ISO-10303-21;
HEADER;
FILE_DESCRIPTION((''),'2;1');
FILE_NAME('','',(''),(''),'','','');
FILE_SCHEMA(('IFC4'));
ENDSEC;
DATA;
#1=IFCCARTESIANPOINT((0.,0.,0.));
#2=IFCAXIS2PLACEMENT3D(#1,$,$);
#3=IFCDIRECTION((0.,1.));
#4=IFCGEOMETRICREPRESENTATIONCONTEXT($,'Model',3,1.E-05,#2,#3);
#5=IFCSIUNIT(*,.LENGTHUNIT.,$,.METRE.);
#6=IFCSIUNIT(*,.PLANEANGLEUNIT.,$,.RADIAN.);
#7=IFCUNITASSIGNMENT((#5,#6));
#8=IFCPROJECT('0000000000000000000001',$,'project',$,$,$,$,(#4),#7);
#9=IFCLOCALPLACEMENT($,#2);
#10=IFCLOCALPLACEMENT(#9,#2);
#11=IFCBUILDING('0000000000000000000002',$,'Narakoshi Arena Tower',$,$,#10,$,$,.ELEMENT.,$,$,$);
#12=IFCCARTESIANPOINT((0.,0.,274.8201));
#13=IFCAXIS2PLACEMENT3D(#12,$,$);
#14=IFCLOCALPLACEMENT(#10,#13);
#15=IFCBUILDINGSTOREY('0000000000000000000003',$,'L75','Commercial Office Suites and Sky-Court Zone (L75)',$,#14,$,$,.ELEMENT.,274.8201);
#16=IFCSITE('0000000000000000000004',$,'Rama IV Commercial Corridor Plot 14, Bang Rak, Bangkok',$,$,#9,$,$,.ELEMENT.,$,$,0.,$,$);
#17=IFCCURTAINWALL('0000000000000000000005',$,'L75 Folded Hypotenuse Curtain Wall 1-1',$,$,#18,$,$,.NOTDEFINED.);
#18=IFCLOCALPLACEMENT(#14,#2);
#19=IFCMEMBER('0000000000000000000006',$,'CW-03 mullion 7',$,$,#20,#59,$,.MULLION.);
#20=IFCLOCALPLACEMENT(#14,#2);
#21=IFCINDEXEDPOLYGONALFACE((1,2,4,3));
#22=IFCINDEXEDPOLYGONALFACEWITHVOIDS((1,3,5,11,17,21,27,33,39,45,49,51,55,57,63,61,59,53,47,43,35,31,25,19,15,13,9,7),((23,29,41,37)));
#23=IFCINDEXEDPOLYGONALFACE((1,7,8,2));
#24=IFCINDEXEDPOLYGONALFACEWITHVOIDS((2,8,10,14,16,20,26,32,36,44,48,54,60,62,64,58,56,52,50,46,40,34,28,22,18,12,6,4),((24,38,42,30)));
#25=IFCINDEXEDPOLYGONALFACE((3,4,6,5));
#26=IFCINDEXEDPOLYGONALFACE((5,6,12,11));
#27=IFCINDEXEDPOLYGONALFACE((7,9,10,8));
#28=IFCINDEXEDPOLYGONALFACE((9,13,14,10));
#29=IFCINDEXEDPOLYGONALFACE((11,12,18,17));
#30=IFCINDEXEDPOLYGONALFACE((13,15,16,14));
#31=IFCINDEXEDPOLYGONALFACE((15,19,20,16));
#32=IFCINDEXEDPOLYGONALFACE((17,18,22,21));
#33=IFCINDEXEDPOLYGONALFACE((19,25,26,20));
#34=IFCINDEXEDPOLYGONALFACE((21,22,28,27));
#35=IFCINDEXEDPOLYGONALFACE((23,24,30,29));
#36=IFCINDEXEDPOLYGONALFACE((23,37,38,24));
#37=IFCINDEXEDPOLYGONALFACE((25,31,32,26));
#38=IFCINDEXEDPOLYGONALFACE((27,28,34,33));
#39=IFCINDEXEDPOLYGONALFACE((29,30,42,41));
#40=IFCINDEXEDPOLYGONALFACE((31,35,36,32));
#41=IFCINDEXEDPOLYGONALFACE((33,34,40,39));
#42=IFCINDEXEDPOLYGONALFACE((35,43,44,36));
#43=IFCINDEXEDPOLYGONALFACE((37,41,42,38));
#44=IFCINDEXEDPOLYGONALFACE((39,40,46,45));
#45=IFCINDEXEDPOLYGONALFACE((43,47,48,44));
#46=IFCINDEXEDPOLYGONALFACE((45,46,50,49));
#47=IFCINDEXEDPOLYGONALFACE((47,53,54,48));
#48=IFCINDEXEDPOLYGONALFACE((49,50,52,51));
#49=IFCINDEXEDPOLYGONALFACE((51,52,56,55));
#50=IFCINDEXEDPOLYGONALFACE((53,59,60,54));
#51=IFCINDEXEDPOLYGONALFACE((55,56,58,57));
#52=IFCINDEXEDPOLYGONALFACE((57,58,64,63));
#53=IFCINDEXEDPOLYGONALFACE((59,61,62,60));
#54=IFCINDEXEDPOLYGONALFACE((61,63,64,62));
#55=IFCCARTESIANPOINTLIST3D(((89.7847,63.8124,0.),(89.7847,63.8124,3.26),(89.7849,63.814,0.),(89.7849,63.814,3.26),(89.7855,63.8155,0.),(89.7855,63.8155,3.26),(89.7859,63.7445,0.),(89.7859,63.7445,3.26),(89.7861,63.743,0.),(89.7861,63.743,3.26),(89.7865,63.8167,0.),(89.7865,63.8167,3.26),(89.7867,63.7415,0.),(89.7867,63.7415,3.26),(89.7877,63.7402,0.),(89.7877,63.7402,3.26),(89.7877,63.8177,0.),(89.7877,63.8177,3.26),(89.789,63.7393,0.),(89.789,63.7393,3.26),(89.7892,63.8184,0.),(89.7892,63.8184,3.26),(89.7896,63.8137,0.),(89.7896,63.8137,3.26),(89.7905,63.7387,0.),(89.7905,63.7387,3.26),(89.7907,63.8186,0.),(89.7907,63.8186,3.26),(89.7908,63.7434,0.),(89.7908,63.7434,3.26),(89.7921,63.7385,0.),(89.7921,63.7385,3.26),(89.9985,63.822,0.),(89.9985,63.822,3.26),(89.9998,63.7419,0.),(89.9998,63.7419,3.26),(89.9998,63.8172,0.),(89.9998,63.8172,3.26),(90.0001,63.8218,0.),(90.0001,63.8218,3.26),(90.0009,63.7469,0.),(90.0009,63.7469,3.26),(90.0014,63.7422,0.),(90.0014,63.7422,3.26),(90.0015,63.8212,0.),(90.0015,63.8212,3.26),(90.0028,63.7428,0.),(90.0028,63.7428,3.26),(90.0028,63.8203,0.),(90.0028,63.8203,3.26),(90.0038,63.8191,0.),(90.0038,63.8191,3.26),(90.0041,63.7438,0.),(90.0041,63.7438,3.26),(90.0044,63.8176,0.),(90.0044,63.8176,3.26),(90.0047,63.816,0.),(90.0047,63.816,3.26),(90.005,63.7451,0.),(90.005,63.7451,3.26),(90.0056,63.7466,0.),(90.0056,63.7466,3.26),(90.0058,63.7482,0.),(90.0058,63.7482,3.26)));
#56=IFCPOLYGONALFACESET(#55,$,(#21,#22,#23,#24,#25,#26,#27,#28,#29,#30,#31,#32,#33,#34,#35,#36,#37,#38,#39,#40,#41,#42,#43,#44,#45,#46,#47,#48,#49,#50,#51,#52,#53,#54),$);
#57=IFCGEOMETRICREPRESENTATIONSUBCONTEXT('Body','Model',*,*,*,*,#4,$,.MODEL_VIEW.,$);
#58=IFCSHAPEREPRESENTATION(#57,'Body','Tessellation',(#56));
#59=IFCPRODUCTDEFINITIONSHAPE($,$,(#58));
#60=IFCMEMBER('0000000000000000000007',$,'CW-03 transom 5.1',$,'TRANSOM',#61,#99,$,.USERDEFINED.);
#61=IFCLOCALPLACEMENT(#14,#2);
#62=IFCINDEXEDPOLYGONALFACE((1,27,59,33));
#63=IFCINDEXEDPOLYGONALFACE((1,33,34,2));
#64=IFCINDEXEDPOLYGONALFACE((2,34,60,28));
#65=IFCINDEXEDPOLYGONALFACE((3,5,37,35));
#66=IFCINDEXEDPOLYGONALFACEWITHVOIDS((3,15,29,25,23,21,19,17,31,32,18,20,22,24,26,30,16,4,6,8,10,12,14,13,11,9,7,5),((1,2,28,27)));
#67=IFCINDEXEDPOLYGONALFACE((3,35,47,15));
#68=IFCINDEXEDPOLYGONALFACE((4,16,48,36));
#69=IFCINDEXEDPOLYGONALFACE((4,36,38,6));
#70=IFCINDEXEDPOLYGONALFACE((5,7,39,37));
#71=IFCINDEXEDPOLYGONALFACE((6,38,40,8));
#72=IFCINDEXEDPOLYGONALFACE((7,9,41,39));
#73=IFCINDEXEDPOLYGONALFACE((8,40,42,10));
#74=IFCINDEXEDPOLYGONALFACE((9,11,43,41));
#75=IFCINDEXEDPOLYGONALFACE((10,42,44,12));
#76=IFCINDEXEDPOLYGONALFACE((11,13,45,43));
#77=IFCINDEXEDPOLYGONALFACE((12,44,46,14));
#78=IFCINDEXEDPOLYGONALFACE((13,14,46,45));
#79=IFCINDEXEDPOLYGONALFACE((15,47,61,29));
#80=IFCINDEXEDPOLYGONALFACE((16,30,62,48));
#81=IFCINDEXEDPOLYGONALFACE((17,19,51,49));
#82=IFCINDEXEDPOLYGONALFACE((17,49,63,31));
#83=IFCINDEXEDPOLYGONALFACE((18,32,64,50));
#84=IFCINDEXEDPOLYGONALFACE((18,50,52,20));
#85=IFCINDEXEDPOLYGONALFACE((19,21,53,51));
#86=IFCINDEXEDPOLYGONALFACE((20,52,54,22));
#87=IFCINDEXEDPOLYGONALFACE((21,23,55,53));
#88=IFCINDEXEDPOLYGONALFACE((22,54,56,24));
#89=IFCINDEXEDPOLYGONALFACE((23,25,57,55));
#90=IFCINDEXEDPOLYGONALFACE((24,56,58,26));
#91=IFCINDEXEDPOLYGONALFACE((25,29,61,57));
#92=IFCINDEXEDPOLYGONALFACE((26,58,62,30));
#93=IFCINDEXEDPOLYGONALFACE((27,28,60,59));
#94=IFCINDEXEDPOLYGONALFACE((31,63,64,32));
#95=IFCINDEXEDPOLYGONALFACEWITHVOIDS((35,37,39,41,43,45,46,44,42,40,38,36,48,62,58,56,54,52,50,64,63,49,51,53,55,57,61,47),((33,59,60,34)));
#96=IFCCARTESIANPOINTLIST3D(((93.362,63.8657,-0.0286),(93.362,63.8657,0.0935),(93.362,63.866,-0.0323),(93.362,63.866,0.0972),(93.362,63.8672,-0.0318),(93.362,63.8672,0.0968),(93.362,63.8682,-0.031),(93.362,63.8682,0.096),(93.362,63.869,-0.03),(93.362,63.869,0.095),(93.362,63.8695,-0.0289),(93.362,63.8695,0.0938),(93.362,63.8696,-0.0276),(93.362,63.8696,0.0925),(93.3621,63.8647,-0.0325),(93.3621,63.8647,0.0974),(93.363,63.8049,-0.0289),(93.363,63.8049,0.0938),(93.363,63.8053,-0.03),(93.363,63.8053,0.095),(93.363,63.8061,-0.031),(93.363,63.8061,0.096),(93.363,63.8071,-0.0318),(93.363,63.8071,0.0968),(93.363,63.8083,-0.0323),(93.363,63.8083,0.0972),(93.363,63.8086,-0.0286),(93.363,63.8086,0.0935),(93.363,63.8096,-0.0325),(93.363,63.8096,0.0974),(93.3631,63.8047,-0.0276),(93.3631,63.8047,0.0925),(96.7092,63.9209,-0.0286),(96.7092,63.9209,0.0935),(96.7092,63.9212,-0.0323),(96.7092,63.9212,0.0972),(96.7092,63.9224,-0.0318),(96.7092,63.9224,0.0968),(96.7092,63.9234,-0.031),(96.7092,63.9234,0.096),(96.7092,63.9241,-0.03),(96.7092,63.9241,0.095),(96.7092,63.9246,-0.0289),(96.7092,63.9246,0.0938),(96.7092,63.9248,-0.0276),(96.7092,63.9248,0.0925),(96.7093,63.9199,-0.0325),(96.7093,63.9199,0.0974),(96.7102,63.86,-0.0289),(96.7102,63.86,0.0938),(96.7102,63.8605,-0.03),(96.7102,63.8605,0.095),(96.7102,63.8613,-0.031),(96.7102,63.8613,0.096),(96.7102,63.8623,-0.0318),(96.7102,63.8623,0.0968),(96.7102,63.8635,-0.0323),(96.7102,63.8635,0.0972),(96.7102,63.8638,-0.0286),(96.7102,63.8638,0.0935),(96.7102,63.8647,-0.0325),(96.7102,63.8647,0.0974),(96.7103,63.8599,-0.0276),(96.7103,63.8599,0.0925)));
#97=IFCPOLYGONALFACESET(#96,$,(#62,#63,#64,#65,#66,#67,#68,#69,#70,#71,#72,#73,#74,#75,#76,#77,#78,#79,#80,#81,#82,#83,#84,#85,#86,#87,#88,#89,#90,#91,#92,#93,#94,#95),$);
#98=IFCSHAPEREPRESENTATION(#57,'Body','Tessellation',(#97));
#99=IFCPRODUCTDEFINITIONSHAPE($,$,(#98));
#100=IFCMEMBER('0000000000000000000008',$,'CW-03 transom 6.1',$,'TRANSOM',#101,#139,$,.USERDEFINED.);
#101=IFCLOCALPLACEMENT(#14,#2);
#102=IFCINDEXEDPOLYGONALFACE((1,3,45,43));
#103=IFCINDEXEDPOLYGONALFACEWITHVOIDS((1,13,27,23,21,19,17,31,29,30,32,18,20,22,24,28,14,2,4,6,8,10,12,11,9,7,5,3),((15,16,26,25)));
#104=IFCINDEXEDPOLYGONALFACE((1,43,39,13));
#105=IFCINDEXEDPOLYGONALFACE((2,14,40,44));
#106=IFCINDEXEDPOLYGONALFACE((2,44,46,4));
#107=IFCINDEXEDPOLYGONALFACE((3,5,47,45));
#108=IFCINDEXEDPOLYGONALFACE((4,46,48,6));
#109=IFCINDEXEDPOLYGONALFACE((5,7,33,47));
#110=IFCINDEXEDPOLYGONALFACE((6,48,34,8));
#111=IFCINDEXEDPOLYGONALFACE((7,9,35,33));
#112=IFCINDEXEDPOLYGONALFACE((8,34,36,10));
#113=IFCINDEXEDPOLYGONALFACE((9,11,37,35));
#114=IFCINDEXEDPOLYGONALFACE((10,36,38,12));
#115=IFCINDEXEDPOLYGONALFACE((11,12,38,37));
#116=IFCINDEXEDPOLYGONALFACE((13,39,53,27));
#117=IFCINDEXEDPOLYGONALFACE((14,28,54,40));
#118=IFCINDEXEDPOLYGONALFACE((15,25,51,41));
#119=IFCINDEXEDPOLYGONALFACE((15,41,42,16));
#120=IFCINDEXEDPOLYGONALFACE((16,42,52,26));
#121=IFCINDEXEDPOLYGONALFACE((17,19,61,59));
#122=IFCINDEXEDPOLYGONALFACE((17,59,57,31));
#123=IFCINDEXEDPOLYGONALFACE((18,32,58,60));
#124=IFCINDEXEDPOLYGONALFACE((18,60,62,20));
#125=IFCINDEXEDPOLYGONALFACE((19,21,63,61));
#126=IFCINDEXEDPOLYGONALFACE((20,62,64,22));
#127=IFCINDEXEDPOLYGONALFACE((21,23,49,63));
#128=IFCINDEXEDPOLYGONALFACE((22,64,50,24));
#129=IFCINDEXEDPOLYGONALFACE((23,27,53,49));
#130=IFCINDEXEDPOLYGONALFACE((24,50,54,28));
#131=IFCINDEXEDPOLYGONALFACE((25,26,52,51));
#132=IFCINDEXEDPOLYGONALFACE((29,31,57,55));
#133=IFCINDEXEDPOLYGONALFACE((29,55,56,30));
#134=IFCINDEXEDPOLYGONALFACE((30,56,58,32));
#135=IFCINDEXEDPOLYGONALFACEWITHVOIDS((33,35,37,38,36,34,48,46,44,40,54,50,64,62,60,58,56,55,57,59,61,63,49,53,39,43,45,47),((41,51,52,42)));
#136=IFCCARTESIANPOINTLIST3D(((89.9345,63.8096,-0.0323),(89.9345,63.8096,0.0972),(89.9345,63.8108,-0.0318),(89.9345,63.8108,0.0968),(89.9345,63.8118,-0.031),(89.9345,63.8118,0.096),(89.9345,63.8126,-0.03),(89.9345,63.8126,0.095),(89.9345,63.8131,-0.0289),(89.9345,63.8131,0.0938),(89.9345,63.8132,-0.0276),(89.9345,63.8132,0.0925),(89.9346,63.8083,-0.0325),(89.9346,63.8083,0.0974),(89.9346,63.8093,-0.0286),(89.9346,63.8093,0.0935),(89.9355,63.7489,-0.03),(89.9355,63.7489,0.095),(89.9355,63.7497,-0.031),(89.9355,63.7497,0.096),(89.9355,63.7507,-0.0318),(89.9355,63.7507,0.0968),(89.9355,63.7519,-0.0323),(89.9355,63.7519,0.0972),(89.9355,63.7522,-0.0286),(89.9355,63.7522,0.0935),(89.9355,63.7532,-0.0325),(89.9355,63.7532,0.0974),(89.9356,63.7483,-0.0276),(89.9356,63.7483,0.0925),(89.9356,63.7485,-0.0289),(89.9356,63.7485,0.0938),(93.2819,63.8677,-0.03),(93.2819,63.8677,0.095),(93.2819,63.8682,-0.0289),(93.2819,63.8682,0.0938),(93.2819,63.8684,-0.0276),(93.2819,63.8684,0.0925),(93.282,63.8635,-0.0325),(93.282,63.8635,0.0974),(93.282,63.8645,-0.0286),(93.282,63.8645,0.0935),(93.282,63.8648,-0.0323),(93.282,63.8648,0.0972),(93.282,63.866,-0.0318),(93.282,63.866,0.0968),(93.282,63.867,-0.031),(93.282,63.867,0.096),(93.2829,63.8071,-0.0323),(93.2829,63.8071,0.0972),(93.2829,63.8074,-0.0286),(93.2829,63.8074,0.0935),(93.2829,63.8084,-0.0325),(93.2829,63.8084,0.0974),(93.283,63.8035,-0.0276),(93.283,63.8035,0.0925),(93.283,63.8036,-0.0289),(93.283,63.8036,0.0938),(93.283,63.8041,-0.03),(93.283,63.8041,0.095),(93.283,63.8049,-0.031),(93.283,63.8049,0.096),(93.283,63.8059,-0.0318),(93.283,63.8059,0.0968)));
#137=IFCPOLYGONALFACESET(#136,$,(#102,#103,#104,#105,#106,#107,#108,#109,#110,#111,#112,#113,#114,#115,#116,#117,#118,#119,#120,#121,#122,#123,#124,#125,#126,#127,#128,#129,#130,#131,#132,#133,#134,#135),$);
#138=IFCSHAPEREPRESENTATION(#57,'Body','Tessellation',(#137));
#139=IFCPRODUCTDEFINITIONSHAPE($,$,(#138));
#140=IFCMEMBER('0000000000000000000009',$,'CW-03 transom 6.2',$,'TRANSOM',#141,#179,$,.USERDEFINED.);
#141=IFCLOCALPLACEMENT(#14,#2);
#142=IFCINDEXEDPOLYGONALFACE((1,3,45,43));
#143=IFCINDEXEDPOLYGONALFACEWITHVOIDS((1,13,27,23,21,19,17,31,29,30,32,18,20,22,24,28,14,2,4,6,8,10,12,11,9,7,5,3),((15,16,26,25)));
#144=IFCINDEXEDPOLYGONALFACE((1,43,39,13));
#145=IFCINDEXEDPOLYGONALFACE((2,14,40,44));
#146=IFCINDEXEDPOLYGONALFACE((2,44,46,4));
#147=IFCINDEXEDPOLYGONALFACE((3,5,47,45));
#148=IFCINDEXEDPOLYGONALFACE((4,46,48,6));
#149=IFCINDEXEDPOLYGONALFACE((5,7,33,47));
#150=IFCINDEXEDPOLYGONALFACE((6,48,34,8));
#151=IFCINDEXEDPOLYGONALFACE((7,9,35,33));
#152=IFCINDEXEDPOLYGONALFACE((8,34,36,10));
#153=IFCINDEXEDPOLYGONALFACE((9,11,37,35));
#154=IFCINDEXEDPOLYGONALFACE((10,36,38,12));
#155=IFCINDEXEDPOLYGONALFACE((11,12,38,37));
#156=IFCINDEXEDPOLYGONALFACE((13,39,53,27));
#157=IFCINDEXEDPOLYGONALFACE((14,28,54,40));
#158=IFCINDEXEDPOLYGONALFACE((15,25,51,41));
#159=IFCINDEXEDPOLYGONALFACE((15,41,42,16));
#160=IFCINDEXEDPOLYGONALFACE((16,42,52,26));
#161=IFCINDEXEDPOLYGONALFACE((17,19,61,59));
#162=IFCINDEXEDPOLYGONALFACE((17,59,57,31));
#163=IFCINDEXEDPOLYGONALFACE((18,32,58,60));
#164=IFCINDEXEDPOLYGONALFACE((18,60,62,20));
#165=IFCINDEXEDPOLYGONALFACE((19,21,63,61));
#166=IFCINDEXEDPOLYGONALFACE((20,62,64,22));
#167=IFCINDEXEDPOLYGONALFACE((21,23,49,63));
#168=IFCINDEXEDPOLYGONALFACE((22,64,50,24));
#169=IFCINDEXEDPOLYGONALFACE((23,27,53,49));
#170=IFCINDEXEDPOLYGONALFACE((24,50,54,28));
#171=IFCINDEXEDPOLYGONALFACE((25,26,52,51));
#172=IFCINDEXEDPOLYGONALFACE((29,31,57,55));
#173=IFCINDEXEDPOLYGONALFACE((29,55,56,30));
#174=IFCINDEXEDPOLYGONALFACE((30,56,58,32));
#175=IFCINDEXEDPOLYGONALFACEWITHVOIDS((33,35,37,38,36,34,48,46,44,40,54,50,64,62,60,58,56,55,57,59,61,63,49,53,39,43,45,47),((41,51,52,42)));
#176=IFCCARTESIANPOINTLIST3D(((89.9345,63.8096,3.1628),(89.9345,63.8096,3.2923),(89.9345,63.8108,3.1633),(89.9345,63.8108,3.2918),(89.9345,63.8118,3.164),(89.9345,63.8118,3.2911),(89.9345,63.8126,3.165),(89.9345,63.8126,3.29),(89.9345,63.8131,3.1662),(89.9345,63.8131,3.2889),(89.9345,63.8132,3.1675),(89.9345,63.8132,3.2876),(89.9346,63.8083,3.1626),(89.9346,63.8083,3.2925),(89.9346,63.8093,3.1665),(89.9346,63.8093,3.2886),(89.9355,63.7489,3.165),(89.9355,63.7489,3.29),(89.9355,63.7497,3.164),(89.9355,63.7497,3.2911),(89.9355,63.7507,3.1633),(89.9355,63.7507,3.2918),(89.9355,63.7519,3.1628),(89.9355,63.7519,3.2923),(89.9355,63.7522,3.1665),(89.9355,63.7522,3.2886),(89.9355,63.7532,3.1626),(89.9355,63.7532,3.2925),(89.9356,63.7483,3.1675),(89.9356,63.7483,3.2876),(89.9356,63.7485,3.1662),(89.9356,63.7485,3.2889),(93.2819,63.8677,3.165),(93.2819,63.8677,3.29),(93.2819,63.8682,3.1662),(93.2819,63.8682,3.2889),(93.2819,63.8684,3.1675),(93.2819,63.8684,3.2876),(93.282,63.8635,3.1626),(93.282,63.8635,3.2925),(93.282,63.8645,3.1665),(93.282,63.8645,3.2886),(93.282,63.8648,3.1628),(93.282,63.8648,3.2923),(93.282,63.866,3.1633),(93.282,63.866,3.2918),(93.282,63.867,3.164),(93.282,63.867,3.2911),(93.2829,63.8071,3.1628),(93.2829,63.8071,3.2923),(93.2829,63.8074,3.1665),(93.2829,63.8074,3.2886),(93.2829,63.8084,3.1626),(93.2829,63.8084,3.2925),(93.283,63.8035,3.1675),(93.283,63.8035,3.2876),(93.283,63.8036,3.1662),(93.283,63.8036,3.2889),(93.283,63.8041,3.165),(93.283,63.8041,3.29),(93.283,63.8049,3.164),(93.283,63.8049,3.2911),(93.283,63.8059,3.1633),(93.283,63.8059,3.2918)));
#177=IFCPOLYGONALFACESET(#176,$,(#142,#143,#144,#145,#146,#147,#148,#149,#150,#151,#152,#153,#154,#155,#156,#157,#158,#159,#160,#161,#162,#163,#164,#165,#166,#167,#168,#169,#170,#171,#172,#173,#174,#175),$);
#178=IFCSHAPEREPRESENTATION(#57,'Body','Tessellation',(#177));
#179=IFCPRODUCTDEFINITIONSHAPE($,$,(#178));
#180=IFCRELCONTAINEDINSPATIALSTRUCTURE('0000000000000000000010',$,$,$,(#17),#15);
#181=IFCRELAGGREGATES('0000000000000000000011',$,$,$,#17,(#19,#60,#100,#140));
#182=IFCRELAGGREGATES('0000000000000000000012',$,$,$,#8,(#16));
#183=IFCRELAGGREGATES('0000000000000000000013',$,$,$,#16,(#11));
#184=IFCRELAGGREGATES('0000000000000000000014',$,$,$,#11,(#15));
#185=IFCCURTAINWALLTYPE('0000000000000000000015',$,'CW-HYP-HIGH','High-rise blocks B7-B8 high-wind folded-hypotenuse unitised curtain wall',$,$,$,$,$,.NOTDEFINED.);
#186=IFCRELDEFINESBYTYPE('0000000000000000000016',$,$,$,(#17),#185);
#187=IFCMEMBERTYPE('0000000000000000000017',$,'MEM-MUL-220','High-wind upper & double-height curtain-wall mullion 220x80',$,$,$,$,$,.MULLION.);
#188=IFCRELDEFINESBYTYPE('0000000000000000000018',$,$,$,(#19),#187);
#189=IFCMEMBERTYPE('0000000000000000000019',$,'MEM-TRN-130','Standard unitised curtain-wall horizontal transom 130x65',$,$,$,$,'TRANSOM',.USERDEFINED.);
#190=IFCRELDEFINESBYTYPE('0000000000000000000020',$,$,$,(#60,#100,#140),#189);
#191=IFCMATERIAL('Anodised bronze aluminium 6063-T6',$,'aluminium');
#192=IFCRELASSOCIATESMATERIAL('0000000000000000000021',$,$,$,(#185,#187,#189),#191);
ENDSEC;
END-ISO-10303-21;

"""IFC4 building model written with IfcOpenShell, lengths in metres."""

from ifc_helpers import new_model, si_unit, direction, frame, origin, origin_2d, place, context, subcontext, project, spatial, hollow_rectangle, extrude, material, material_profile, profile_set, type_object, element, aggregate, save


model = new_model("IFC4")

# Units and contexts
model_context = context("Model", 3, precision=1e-05, world=origin(), true_north=direction((0.0, 1.0)))
body_context = subcontext(model_context, "Body", "Model", "MODEL_VIEW")
ifc_project = project(units=[si_unit("LENGTHUNIT", "METRE"), si_unit("PLANEANGLEUNIT", "RADIAN")], contexts=[model_context])

# Site, building, storey
site_placement = place(None, origin())
site = spatial("IfcSite", under=ifc_project, at=site_placement, Name="Rama IV Commercial Corridor Plot 14, Bang Rak, Bangkok", CompositionType="ELEMENT", RefElevation=0.0)
building_placement = place(site_placement, origin())
building = spatial("IfcBuilding", under=site, at=building_placement, Name="Narakoshi Arena Tower", CompositionType="ELEMENT")
storey_placement = place(building_placement, frame((0.0, 0.0, 274.8201)))
storey = spatial("IfcBuildingStorey", under=building, at=storey_placement, Name="L75", Description="Commercial Office Suites and Sky-Court Zone (L75)", CompositionType="ELEMENT", Elevation=274.8201)

# Curtain wall, members
ifc_material_1 = material(Name="Anodised bronze aluminium 6063-T6", Category="aluminium")
curtain_wall_type = type_object("IfcCurtainWallType", Name="CW-HYP-HIGH", Description="High-rise blocks B7-B8 high-wind folded-hypotenuse unitised curtain wall", PredefinedType="NOTDEFINED", material=ifc_material_1)
curtain_wall_placement = place(storey_placement, origin())
curtain_wall = element("IfcCurtainWall", 1, at=curtain_wall_placement, inside=storey, type_object=curtain_wall_type, Name="L75 Folded Hypotenuse Curtain Wall 1-1", PredefinedType="NOTDEFINED")
ifc_material_profile_1 = material_profile(ifc_material_1, hollow_rectangle(XDim=0.0801, YDim=0.22, WallThickness=0.0049, OuterFilletRadius=0.0061, at=origin_2d()), Name="MUL220x80x5")
ifc_profile_set_1 = profile_set([ifc_material_profile_1], Name="Anodised bronze aluminium 6063-T6")
member_type_1 = type_object("IfcMemberType", Name="MEM-MUL-220", Description="High-wind upper & double-height curtain-wall mullion 220x80", PredefinedType="MULLION", material=ifc_profile_set_1)
member_1_placement = place(storey_placement, frame((89.8953, 63.7803, 0.0), z_axis=(0.0, 0.0, 1.0), x_axis=(0.016443, -0.999865, 0.0)))
member_1 = element("IfcMember", 2, at=member_1_placement, type_object=member_type_1, Name="CW-03 mullion 7", PredefinedType="MULLION", context=body_context, shape_type="SweptSolid", body=[
    extrude(hollow_rectangle(XDim=0.0801, YDim=0.22, WallThickness=0.0049, OuterFilletRadius=0.0061, at=origin_2d()), origin(), (0.0, 0.0, 1.0), 3.26),
])
ifc_material_profile_2 = material_profile(ifc_material_1, hollow_rectangle(XDim=0.0649, YDim=0.1299, WallThickness=0.0039, OuterFilletRadius=0.0049, at=origin_2d()), Name="TRN130x65x4")
ifc_profile_set_2 = profile_set([ifc_material_profile_2], Name="Anodised bronze aluminium 6063-T6")
member_type_2 = type_object("IfcMemberType", Name="MEM-TRN-130", Description="Standard unitised curtain-wall horizontal transom 130x65", ElementType="TRANSOM", PredefinedType="USERDEFINED", material=ifc_profile_set_2)
member_2_placement = place(storey_placement, frame((96.7097, 63.8923, 0.0325), z_axis=(-0.999864, -0.016482, 0.0), x_axis=(0.016482, -0.999864, 0.0)))
member_2 = element("IfcMember", 3, at=member_2_placement, type_object=member_type_2, Name="CW-03 transom 5.1", ObjectType="TRANSOM", PredefinedType="USERDEFINED", context=body_context, shape_type="SweptSolid", body=[
    extrude(hollow_rectangle(XDim=0.0649, YDim=0.1299, WallThickness=0.0039, OuterFilletRadius=0.0049, at=origin_2d()), origin(), (0.0, 0.0, 1.0), 3.3477),
])
member_3_placement = place(storey_placement, frame((93.2825, 63.8359, 0.0325), z_axis=(-0.999864, -0.016481, 0.0), x_axis=(0.016481, -0.999864, 0.0)))
member_3 = element("IfcMember", 4, at=member_3_placement, type_object=member_type_2, Name="CW-03 transom 6.1", ObjectType="TRANSOM", PredefinedType="USERDEFINED", context=body_context, shape_type="SweptSolid", body=[
    extrude(hollow_rectangle(XDim=0.0649, YDim=0.1299, WallThickness=0.0039, OuterFilletRadius=0.0049, at=origin_2d()), origin(), (0.0, 0.0, 1.0), 3.3479),
])
member_4_placement = place(storey_placement, frame((93.2825, 63.8359, 3.2275), z_axis=(-0.999864, -0.016481, 0.0), x_axis=(0.016481, -0.999864, 0.0)))
member_4 = element("IfcMember", 5, at=member_4_placement, type_object=member_type_2, Name="CW-03 transom 6.2", ObjectType="TRANSOM", PredefinedType="USERDEFINED", context=body_context, shape_type="SweptSolid", body=[
    extrude(hollow_rectangle(XDim=0.0649, YDim=0.1299, WallThickness=0.0039, OuterFilletRadius=0.0049, at=origin_2d()), origin(), (0.0, 0.0, 1.0), 3.3479),
])
aggregate(curtain_wall, [member_1, member_2, member_3, member_4])

save(model, "model.ifc")
